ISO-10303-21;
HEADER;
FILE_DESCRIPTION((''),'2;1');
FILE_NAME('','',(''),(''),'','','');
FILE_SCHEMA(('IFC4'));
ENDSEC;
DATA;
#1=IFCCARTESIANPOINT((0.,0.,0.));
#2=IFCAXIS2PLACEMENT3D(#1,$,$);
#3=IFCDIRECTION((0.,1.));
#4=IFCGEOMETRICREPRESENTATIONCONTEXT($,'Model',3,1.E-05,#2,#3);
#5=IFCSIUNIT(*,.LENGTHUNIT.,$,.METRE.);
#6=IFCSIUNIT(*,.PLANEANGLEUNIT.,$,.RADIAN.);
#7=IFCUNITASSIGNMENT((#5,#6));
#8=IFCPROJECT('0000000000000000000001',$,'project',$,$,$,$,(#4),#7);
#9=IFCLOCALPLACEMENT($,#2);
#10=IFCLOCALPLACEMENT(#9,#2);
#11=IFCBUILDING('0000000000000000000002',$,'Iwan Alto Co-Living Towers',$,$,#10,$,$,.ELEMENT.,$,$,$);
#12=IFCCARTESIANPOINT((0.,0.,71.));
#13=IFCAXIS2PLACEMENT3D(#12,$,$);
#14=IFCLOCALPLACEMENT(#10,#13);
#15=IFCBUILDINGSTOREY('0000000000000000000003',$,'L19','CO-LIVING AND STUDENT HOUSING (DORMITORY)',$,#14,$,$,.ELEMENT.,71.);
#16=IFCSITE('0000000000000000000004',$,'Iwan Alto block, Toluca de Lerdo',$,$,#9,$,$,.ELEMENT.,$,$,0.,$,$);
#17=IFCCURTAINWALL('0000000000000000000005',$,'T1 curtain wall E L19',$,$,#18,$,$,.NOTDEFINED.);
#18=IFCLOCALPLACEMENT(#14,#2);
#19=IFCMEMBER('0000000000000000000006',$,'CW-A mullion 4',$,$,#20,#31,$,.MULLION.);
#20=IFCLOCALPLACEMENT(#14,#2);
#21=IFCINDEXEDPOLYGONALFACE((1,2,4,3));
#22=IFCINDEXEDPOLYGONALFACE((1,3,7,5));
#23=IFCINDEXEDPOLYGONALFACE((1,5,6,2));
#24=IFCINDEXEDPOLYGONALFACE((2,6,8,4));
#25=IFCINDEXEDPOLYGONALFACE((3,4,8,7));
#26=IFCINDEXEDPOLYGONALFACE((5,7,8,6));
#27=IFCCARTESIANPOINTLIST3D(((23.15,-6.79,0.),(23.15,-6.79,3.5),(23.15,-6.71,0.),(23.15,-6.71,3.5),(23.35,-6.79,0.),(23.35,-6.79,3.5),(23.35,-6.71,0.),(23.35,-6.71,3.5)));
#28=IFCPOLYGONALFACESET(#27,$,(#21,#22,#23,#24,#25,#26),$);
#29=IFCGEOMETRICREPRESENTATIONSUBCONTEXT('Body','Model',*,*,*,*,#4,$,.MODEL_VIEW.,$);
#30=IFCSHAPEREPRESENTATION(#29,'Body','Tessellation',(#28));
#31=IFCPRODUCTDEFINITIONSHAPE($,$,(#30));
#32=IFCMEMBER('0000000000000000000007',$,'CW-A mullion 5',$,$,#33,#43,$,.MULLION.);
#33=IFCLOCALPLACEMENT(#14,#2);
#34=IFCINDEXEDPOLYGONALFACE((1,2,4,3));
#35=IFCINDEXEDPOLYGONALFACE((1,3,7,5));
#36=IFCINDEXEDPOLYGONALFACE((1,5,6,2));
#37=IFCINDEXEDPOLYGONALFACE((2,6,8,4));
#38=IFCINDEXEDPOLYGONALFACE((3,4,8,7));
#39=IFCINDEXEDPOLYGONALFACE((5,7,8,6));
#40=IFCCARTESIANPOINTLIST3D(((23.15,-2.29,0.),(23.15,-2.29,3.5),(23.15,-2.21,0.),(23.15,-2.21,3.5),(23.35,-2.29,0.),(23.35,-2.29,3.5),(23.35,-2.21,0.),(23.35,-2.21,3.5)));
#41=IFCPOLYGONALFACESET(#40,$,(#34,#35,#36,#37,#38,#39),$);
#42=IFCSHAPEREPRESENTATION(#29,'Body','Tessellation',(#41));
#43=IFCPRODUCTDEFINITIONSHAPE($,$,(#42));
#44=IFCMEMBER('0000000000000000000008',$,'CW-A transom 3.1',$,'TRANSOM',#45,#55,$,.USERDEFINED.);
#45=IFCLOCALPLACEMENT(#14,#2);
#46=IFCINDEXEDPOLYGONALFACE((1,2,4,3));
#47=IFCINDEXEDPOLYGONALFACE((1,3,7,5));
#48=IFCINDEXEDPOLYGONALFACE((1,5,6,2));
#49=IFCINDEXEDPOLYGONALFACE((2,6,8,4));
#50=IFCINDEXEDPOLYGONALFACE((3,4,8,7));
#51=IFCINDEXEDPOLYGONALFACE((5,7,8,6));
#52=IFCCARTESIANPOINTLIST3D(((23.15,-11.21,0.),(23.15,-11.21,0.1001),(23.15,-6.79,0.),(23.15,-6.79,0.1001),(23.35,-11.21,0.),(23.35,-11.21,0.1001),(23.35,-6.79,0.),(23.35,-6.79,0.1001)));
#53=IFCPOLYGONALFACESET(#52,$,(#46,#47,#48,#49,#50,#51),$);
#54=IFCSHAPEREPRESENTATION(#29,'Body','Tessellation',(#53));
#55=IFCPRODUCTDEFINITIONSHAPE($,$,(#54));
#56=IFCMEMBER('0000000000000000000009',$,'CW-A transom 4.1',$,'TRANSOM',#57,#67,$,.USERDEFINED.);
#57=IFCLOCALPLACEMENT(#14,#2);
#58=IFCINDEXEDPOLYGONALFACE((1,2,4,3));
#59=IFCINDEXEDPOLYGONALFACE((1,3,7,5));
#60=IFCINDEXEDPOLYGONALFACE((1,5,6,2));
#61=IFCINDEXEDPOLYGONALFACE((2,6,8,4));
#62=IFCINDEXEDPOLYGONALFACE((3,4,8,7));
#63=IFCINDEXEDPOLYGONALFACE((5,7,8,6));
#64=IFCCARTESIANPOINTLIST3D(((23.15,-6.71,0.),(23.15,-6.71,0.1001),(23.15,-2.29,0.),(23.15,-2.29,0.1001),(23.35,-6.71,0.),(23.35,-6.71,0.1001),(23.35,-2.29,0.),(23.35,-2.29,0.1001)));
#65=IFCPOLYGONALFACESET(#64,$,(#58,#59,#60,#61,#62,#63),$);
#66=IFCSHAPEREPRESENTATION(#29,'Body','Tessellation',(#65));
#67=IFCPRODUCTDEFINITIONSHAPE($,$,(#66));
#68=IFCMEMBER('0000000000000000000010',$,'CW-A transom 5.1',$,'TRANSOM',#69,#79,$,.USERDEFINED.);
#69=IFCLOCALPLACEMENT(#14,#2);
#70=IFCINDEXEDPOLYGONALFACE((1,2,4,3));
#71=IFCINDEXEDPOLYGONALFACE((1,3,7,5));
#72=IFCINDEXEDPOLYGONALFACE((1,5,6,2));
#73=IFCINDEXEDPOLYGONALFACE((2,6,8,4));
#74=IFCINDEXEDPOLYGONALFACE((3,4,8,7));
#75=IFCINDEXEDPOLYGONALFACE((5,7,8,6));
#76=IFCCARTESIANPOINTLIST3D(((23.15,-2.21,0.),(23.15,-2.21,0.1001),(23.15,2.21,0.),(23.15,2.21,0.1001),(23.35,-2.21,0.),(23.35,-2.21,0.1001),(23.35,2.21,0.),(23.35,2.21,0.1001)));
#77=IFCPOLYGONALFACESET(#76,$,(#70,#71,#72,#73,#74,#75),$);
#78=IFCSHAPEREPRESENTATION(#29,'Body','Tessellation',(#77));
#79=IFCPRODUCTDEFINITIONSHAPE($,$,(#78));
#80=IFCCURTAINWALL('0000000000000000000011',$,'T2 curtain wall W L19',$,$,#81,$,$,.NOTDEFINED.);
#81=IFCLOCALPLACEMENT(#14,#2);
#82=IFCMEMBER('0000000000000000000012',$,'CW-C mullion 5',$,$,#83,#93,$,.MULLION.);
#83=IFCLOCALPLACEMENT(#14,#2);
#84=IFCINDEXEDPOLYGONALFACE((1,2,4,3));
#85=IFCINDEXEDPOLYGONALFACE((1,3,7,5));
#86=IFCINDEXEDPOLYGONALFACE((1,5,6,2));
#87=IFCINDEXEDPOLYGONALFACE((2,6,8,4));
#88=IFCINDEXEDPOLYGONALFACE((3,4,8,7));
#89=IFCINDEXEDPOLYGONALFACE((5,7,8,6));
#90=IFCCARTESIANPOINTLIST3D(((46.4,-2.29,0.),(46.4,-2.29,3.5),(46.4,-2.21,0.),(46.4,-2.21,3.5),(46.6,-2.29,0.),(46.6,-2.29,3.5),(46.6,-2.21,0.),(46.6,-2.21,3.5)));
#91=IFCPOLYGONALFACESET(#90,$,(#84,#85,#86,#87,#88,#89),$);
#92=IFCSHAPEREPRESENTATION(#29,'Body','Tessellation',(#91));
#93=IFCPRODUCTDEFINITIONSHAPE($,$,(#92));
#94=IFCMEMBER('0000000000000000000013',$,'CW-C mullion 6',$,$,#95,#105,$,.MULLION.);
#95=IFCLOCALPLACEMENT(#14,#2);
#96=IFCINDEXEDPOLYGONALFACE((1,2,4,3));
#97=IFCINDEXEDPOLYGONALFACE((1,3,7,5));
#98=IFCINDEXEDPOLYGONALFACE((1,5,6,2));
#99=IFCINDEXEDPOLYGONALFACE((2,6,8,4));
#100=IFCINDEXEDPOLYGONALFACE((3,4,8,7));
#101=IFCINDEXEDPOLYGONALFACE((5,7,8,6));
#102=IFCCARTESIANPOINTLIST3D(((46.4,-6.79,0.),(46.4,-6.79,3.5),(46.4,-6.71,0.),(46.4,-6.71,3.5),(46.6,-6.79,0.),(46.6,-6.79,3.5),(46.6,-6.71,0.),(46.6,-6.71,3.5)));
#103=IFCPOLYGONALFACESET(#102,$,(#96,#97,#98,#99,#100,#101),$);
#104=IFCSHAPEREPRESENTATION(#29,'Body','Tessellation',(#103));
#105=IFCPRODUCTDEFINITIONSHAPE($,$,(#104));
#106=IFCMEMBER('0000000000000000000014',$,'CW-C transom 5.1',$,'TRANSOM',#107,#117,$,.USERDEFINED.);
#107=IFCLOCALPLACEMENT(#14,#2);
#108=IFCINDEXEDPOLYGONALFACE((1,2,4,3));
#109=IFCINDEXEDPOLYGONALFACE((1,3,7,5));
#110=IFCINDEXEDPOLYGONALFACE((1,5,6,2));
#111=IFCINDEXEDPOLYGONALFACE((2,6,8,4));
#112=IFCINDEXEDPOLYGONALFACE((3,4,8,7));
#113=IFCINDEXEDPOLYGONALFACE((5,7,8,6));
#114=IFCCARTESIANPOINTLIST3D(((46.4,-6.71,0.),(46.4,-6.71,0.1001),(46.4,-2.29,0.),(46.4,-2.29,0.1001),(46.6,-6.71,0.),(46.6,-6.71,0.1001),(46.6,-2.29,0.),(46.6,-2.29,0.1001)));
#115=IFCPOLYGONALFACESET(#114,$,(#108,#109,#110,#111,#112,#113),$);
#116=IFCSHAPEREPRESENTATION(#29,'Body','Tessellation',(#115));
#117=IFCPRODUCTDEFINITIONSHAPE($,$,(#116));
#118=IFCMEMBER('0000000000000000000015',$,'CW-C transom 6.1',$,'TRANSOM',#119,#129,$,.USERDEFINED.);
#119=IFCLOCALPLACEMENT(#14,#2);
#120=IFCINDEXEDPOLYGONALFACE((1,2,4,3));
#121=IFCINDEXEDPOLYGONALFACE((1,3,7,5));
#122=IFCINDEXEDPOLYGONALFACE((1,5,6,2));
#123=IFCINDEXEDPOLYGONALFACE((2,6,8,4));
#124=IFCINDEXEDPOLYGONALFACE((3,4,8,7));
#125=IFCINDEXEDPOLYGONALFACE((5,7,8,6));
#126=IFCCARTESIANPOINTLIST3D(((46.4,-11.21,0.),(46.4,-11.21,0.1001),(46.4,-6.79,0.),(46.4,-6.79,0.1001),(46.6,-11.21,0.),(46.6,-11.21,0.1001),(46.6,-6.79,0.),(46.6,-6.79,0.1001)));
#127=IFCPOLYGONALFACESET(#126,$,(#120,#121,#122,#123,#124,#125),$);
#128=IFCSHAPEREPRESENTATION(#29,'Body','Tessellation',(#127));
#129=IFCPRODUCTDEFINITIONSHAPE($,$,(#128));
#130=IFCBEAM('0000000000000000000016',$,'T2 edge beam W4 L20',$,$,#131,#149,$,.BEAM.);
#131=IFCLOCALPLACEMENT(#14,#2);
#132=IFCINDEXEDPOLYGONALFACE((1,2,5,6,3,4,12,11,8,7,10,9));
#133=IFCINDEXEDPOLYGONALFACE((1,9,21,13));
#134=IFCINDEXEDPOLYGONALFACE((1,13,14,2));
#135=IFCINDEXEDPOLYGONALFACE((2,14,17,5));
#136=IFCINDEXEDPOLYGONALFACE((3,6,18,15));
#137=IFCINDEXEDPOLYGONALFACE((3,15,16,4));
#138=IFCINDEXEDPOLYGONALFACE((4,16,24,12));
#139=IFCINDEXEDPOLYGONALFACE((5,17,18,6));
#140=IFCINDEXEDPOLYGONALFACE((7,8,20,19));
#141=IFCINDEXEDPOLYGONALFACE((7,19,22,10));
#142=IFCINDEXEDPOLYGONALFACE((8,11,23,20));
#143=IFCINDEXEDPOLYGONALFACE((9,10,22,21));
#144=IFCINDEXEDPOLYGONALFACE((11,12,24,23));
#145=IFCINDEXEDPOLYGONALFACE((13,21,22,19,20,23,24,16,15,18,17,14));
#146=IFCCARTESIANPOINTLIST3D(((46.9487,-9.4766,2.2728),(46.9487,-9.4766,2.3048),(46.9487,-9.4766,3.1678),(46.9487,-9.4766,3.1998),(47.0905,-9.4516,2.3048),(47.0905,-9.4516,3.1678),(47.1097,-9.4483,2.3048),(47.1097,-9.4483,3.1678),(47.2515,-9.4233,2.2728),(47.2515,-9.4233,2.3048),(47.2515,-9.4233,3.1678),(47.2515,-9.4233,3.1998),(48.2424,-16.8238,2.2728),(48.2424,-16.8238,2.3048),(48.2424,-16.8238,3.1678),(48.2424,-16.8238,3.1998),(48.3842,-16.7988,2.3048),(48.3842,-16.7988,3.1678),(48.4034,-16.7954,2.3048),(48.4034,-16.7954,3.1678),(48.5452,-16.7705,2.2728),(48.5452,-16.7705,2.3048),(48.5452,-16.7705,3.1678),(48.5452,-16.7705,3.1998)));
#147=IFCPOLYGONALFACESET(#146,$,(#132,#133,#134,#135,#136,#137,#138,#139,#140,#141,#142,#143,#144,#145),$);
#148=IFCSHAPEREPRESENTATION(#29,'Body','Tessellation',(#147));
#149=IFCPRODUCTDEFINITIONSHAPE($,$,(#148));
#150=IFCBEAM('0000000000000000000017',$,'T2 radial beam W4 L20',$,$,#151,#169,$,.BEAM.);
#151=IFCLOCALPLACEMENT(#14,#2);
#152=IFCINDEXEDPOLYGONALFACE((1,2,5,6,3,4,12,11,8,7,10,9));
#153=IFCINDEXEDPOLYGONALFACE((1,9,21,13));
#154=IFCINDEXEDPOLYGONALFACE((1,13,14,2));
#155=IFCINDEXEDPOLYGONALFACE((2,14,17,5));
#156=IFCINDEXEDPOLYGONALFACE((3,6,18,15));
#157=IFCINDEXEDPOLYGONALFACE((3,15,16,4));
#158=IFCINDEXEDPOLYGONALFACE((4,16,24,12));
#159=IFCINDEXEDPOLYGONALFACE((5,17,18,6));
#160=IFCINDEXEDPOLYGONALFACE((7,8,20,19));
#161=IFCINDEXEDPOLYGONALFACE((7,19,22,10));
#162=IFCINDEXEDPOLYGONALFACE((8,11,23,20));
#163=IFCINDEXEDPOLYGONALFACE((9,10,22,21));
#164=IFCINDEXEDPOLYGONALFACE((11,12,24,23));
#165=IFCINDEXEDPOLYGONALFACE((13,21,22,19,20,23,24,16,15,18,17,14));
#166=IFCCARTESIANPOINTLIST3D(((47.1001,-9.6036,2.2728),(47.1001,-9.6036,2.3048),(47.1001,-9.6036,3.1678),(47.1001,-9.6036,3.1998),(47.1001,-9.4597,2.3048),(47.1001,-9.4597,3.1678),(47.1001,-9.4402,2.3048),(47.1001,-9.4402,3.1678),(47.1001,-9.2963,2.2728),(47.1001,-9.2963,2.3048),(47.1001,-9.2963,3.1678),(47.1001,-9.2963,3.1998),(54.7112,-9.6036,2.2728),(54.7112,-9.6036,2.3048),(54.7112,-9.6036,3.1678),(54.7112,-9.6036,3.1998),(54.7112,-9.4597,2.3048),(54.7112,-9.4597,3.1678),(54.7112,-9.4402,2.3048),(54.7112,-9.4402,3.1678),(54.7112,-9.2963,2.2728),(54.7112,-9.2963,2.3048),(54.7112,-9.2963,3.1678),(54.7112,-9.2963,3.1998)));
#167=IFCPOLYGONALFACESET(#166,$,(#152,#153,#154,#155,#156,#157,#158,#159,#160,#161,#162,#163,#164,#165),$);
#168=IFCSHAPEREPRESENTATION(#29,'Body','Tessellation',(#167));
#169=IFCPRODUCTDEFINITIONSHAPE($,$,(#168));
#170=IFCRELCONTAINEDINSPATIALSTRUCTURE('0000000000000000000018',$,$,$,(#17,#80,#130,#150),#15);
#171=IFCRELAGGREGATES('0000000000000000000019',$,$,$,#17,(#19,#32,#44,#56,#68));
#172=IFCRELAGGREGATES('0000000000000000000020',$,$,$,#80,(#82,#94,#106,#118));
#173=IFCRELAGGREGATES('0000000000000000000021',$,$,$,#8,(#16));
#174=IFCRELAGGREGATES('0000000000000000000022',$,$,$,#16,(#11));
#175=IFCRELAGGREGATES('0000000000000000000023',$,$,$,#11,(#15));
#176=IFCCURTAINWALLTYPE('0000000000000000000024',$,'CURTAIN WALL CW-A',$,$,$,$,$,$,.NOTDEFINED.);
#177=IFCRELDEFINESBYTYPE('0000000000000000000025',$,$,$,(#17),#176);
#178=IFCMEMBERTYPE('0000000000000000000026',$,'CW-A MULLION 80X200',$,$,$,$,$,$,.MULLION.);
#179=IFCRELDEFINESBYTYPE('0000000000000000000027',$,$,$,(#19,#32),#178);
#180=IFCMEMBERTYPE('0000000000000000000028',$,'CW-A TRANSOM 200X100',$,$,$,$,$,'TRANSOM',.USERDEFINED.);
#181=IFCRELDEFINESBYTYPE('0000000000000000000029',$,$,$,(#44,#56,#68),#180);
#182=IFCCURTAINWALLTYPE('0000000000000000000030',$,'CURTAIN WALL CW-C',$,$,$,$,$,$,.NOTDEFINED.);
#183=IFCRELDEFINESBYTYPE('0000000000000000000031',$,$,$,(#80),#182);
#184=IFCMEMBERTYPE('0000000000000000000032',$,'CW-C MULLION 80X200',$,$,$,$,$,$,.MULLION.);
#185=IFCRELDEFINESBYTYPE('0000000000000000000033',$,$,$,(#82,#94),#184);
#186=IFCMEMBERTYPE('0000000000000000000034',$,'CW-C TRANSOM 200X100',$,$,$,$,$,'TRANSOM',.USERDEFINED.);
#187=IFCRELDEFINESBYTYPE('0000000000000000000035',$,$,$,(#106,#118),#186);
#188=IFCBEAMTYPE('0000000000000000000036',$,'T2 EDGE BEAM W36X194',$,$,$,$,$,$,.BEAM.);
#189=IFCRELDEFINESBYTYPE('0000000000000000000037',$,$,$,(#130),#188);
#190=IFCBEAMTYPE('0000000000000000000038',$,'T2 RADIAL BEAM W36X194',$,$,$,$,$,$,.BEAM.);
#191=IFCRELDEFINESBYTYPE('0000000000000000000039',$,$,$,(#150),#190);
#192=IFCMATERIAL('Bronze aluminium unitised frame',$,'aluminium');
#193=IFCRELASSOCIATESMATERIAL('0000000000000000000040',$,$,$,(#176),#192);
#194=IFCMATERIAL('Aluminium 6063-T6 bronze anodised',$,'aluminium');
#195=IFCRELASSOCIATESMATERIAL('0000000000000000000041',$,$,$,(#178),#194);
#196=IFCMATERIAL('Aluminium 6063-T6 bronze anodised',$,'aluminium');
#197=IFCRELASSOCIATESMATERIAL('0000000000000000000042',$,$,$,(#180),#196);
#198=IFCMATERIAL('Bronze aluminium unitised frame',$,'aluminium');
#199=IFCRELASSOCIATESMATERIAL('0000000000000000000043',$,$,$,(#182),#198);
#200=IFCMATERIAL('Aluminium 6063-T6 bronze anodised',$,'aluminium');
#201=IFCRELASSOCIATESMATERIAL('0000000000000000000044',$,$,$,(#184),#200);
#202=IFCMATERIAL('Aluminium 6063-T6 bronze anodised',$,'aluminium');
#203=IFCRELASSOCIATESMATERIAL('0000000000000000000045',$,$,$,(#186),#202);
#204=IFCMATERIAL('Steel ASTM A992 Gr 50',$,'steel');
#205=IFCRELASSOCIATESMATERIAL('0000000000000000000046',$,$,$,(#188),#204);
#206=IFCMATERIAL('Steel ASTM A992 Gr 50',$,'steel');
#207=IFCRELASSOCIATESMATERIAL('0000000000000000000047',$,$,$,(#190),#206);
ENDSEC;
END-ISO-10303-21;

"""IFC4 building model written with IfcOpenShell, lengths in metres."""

from ifc_helpers import new_model, si_unit, direction, frame, origin, origin_2d, place, context, subcontext, project, spatial, rectangle, i_section, extrude, material, material_profile, profile_set, type_object, element, aggregate, save


model = new_model("IFC4")

# Units and contexts
model_context = context("Model", 3, precision=1e-05, world=origin(), true_north=direction((0.0, 1.0)))
body_context = subcontext(model_context, "Body", "Model", "MODEL_VIEW")
ifc_project = project(units=[si_unit("LENGTHUNIT", "METRE"), si_unit("PLANEANGLEUNIT", "RADIAN")], contexts=[model_context])

# Site, building, storey
site_placement = place(None, origin())
site = spatial("IfcSite", under=ifc_project, at=site_placement, Name="Iwan Alto block, Toluca de Lerdo", CompositionType="ELEMENT", RefElevation=0.0)
building_placement = place(site_placement, origin())
building = spatial("IfcBuilding", under=site, at=building_placement, Name="Iwan Alto Co-Living Towers", CompositionType="ELEMENT")
storey_placement = place(building_placement, frame((0.0, 0.0, 71.0)))
storey = spatial("IfcBuildingStorey", under=building, at=storey_placement, Name="L19", Description="CO-LIVING AND STUDENT HOUSING (DORMITORY)", CompositionType="ELEMENT", Elevation=71.0)

# Curtain walls, members
ifc_material_1 = material(Name="Bronze aluminium unitised frame", Category="aluminium")
curtain_wall_type_1 = type_object("IfcCurtainWallType", Name="CURTAIN WALL CW-A", PredefinedType="NOTDEFINED", material=ifc_material_1)
curtain_wall_1_placement = place(storey_placement, origin())
curtain_wall_1 = element("IfcCurtainWall", 1, at=curtain_wall_1_placement, inside=storey, type_object=curtain_wall_type_1, Name="T1 curtain wall E L19", PredefinedType="NOTDEFINED")
ifc_material_2 = material(Name="Aluminium 6063-T6 bronze anodised", Category="aluminium")
ifc_material_profile_1 = material_profile(ifc_material_2, rectangle(XDim=0.2, YDim=0.0801, at=origin_2d()), Name="AL 80X200")
ifc_profile_set_1 = profile_set([ifc_material_profile_1], Name="Aluminium 6063-T6 bronze anodised")
member_type_1 = type_object("IfcMemberType", Name="CW-A MULLION 80X200", PredefinedType="MULLION", material=ifc_profile_set_1)
member_1_placement = place(storey_placement, frame((23.25, -6.75, 0.0), z_axis=(0.0, 0.0, 1.0), x_axis=(-1.0, 0.0, 0.0)))
member_1 = element("IfcMember", 2, at=member_1_placement, type_object=member_type_1, Name="CW-A mullion 4", PredefinedType="MULLION", context=body_context, shape_type="SweptSolid", body=[
    extrude(rectangle(XDim=0.2, YDim=0.0801, at=origin_2d()), origin(), (0.0, 0.0, 1.0), 3.5),
])
member_2_placement = place(storey_placement, frame((23.25, -2.25, 0.0), z_axis=(0.0, 0.0, 1.0), x_axis=(-1.0, 0.0, 0.0)))
member_2 = element("IfcMember", 3, at=member_2_placement, type_object=member_type_1, Name="CW-A mullion 5", PredefinedType="MULLION", context=body_context, shape_type="SweptSolid", body=[
    extrude(rectangle(XDim=0.2, YDim=0.0801, at=origin_2d()), origin(), (0.0, 0.0, 1.0), 3.5),
])
ifc_material_3 = material(Name="Aluminium 6063-T6 bronze anodised", Category="aluminium")
ifc_material_profile_2 = material_profile(ifc_material_3, rectangle(XDim=0.2, YDim=0.1001, at=origin_2d()), Name="AL 200X100")
ifc_profile_set_2 = profile_set([ifc_material_profile_2], Name="Aluminium 6063-T6 bronze anodised")
member_type_2 = type_object("IfcMemberType", Name="CW-A TRANSOM 200X100", ElementType="TRANSOM", PredefinedType="USERDEFINED", material=ifc_profile_set_2)
member_3_placement = place(storey_placement, frame((23.25, -11.21, 0.05), z_axis=(0.0, 1.0, 0.0), x_axis=(-1.0, 0.0, 0.0)))
member_3 = element("IfcMember", 4, at=member_3_placement, type_object=member_type_2, Name="CW-A transom 3.1", ObjectType="TRANSOM", PredefinedType="USERDEFINED", context=body_context, shape_type="SweptSolid", body=[
    extrude(rectangle(XDim=0.2, YDim=0.1001, at=origin_2d()), origin(), (0.0, 0.0, 1.0), 4.4199),
])
member_4_placement = place(storey_placement, frame((23.25, -6.71, 0.05), z_axis=(0.0, 1.0, 0.0), x_axis=(-1.0, 0.0, 0.0)))
member_4 = element("IfcMember", 5, at=member_4_placement, type_object=member_type_2, Name="CW-A transom 4.1", ObjectType="TRANSOM", PredefinedType="USERDEFINED", context=body_context, shape_type="SweptSolid", body=[
    extrude(rectangle(XDim=0.2, YDim=0.1001, at=origin_2d()), origin(), (0.0, 0.0, 1.0), 4.4199),
])
member_5_placement = place(storey_placement, frame((23.25, -2.21, 0.05), z_axis=(0.0, 1.0, 0.0), x_axis=(-1.0, 0.0, 0.0)))
member_5 = element("IfcMember", 6, at=member_5_placement, type_object=member_type_2, Name="CW-A transom 5.1", ObjectType="TRANSOM", PredefinedType="USERDEFINED", context=body_context, shape_type="SweptSolid", body=[
    extrude(rectangle(XDim=0.2, YDim=0.1001, at=origin_2d()), origin(), (0.0, 0.0, 1.0), 4.4199),
])
ifc_material_4 = material(Name="Bronze aluminium unitised frame", Category="aluminium")
curtain_wall_type_2 = type_object("IfcCurtainWallType", Name="CURTAIN WALL CW-C", PredefinedType="NOTDEFINED", material=ifc_material_4)
curtain_wall_2_placement = place(storey_placement, origin())
curtain_wall_2 = element("IfcCurtainWall", 7, at=curtain_wall_2_placement, inside=storey, type_object=curtain_wall_type_2, Name="T2 curtain wall W L19", PredefinedType="NOTDEFINED")
ifc_material_5 = material(Name="Aluminium 6063-T6 bronze anodised", Category="aluminium")
ifc_material_profile_3 = material_profile(ifc_material_5, rectangle(XDim=0.2, YDim=0.0801, at=origin_2d()), Name="AL 80X200")
ifc_profile_set_3 = profile_set([ifc_material_profile_3], Name="Aluminium 6063-T6 bronze anodised")
member_type_3 = type_object("IfcMemberType", Name="CW-C MULLION 80X200", PredefinedType="MULLION", material=ifc_profile_set_3)
member_6_placement = place(storey_placement, frame((46.5, -2.25, 0.0), z_axis=(0.0, 0.0, 1.0), x_axis=(1.0, 0.0, 0.0)))
member_6 = element("IfcMember", 8, at=member_6_placement, type_object=member_type_3, Name="CW-C mullion 5", PredefinedType="MULLION", context=body_context, shape_type="SweptSolid", body=[
    extrude(rectangle(XDim=0.2, YDim=0.0801, at=origin_2d()), origin(), (0.0, 0.0, 1.0), 3.5),
])
member_7_placement = place(storey_placement, frame((46.5, -6.75, 0.0), z_axis=(0.0, 0.0, 1.0), x_axis=(1.0, 0.0, 0.0)))
member_7 = element("IfcMember", 9, at=member_7_placement, type_object=member_type_3, Name="CW-C mullion 6", PredefinedType="MULLION", context=body_context, shape_type="SweptSolid", body=[
    extrude(rectangle(XDim=0.2, YDim=0.0801, at=origin_2d()), origin(), (0.0, 0.0, 1.0), 3.5),
])
ifc_material_6 = material(Name="Aluminium 6063-T6 bronze anodised", Category="aluminium")
ifc_material_profile_4 = material_profile(ifc_material_6, rectangle(XDim=0.2, YDim=0.1001, at=origin_2d()), Name="AL 200X100")
ifc_profile_set_4 = profile_set([ifc_material_profile_4], Name="Aluminium 6063-T6 bronze anodised")
member_type_4 = type_object("IfcMemberType", Name="CW-C TRANSOM 200X100", ElementType="TRANSOM", PredefinedType="USERDEFINED", material=ifc_profile_set_4)
member_8_placement = place(storey_placement, frame((46.5, -2.29, 0.05), z_axis=(0.0, -1.0, 0.0), x_axis=(1.0, 0.0, 0.0)))
member_8 = element("IfcMember", 10, at=member_8_placement, type_object=member_type_4, Name="CW-C transom 5.1", ObjectType="TRANSOM", PredefinedType="USERDEFINED", context=body_context, shape_type="SweptSolid", body=[
    extrude(rectangle(XDim=0.2, YDim=0.1001, at=origin_2d()), origin(), (0.0, 0.0, 1.0), 4.4199),
])
member_9_placement = place(storey_placement, frame((46.5, -6.79, 0.05), z_axis=(0.0, -1.0, 0.0), x_axis=(1.0, 0.0, 0.0)))
member_9 = element("IfcMember", 11, at=member_9_placement, type_object=member_type_4, Name="CW-C transom 6.1", ObjectType="TRANSOM", PredefinedType="USERDEFINED", context=body_context, shape_type="SweptSolid", body=[
    extrude(rectangle(XDim=0.2, YDim=0.1001, at=origin_2d()), origin(), (0.0, 0.0, 1.0), 4.4199),
])

# Beams
ifc_material_7 = material(Name="Steel ASTM A992 Gr 50", Category="steel")
ifc_material_profile_5 = material_profile(ifc_material_7, i_section(OverallWidth=0.3074, OverallDepth=0.927, WebThickness=0.0195, FlangeThickness=0.032, at=origin_2d()), Name="W36X194")
ifc_profile_set_5 = profile_set([ifc_material_profile_5], Name="Steel ASTM A992 Gr 50")
beam_type_1 = type_object("IfcBeamType", Name="T2 EDGE BEAM W36X194", PredefinedType="BEAM", material=ifc_profile_set_5)
beam_1_placement = place(storey_placement, frame((47.1001, -9.45, 2.7363), z_axis=(0.173414, -0.984849, 0.0), x_axis=(0.984849, 0.173414, 0.0)))
element("IfcBeam", 12, at=beam_1_placement, inside=storey, type_object=beam_type_1, Name="T2 edge beam W4 L20", PredefinedType="BEAM", context=body_context, shape_type="SweptSolid", body=[
    extrude(i_section(OverallWidth=0.3074, OverallDepth=0.927, WebThickness=0.0195, FlangeThickness=0.032, at=origin_2d()), origin(), (0.0, 0.0, 1.0), 7.4602),
])
ifc_material_8 = material(Name="Steel ASTM A992 Gr 50", Category="steel")
ifc_material_profile_6 = material_profile(ifc_material_8, i_section(OverallWidth=0.3074, OverallDepth=0.927, WebThickness=0.0195, FlangeThickness=0.032, at=origin_2d()), Name="W36X194")
ifc_profile_set_6 = profile_set([ifc_material_profile_6], Name="Steel ASTM A992 Gr 50")
beam_type_2 = type_object("IfcBeamType", Name="T2 RADIAL BEAM W36X194", PredefinedType="BEAM", material=ifc_profile_set_6)
beam_2_placement = place(storey_placement, frame((47.1001, -9.45, 2.7363), z_axis=(1.0, 0.0, 0.0), x_axis=(0.0, 1.0, 0.0)))
element("IfcBeam", 13, at=beam_2_placement, inside=storey, type_object=beam_type_2, Name="T2 radial beam W4 L20", PredefinedType="BEAM", context=body_context, shape_type="SweptSolid", body=[
    extrude(i_section(OverallWidth=0.3074, OverallDepth=0.927, WebThickness=0.0195, FlangeThickness=0.032, at=origin_2d()), origin(), (0.0, 0.0, 1.0), 7.6111),
])

aggregate(curtain_wall_1, [member_1, member_2, member_3, member_4, member_5])
aggregate(curtain_wall_2, [member_6, member_7, member_8, member_9])

save(model, "model.ifc")
